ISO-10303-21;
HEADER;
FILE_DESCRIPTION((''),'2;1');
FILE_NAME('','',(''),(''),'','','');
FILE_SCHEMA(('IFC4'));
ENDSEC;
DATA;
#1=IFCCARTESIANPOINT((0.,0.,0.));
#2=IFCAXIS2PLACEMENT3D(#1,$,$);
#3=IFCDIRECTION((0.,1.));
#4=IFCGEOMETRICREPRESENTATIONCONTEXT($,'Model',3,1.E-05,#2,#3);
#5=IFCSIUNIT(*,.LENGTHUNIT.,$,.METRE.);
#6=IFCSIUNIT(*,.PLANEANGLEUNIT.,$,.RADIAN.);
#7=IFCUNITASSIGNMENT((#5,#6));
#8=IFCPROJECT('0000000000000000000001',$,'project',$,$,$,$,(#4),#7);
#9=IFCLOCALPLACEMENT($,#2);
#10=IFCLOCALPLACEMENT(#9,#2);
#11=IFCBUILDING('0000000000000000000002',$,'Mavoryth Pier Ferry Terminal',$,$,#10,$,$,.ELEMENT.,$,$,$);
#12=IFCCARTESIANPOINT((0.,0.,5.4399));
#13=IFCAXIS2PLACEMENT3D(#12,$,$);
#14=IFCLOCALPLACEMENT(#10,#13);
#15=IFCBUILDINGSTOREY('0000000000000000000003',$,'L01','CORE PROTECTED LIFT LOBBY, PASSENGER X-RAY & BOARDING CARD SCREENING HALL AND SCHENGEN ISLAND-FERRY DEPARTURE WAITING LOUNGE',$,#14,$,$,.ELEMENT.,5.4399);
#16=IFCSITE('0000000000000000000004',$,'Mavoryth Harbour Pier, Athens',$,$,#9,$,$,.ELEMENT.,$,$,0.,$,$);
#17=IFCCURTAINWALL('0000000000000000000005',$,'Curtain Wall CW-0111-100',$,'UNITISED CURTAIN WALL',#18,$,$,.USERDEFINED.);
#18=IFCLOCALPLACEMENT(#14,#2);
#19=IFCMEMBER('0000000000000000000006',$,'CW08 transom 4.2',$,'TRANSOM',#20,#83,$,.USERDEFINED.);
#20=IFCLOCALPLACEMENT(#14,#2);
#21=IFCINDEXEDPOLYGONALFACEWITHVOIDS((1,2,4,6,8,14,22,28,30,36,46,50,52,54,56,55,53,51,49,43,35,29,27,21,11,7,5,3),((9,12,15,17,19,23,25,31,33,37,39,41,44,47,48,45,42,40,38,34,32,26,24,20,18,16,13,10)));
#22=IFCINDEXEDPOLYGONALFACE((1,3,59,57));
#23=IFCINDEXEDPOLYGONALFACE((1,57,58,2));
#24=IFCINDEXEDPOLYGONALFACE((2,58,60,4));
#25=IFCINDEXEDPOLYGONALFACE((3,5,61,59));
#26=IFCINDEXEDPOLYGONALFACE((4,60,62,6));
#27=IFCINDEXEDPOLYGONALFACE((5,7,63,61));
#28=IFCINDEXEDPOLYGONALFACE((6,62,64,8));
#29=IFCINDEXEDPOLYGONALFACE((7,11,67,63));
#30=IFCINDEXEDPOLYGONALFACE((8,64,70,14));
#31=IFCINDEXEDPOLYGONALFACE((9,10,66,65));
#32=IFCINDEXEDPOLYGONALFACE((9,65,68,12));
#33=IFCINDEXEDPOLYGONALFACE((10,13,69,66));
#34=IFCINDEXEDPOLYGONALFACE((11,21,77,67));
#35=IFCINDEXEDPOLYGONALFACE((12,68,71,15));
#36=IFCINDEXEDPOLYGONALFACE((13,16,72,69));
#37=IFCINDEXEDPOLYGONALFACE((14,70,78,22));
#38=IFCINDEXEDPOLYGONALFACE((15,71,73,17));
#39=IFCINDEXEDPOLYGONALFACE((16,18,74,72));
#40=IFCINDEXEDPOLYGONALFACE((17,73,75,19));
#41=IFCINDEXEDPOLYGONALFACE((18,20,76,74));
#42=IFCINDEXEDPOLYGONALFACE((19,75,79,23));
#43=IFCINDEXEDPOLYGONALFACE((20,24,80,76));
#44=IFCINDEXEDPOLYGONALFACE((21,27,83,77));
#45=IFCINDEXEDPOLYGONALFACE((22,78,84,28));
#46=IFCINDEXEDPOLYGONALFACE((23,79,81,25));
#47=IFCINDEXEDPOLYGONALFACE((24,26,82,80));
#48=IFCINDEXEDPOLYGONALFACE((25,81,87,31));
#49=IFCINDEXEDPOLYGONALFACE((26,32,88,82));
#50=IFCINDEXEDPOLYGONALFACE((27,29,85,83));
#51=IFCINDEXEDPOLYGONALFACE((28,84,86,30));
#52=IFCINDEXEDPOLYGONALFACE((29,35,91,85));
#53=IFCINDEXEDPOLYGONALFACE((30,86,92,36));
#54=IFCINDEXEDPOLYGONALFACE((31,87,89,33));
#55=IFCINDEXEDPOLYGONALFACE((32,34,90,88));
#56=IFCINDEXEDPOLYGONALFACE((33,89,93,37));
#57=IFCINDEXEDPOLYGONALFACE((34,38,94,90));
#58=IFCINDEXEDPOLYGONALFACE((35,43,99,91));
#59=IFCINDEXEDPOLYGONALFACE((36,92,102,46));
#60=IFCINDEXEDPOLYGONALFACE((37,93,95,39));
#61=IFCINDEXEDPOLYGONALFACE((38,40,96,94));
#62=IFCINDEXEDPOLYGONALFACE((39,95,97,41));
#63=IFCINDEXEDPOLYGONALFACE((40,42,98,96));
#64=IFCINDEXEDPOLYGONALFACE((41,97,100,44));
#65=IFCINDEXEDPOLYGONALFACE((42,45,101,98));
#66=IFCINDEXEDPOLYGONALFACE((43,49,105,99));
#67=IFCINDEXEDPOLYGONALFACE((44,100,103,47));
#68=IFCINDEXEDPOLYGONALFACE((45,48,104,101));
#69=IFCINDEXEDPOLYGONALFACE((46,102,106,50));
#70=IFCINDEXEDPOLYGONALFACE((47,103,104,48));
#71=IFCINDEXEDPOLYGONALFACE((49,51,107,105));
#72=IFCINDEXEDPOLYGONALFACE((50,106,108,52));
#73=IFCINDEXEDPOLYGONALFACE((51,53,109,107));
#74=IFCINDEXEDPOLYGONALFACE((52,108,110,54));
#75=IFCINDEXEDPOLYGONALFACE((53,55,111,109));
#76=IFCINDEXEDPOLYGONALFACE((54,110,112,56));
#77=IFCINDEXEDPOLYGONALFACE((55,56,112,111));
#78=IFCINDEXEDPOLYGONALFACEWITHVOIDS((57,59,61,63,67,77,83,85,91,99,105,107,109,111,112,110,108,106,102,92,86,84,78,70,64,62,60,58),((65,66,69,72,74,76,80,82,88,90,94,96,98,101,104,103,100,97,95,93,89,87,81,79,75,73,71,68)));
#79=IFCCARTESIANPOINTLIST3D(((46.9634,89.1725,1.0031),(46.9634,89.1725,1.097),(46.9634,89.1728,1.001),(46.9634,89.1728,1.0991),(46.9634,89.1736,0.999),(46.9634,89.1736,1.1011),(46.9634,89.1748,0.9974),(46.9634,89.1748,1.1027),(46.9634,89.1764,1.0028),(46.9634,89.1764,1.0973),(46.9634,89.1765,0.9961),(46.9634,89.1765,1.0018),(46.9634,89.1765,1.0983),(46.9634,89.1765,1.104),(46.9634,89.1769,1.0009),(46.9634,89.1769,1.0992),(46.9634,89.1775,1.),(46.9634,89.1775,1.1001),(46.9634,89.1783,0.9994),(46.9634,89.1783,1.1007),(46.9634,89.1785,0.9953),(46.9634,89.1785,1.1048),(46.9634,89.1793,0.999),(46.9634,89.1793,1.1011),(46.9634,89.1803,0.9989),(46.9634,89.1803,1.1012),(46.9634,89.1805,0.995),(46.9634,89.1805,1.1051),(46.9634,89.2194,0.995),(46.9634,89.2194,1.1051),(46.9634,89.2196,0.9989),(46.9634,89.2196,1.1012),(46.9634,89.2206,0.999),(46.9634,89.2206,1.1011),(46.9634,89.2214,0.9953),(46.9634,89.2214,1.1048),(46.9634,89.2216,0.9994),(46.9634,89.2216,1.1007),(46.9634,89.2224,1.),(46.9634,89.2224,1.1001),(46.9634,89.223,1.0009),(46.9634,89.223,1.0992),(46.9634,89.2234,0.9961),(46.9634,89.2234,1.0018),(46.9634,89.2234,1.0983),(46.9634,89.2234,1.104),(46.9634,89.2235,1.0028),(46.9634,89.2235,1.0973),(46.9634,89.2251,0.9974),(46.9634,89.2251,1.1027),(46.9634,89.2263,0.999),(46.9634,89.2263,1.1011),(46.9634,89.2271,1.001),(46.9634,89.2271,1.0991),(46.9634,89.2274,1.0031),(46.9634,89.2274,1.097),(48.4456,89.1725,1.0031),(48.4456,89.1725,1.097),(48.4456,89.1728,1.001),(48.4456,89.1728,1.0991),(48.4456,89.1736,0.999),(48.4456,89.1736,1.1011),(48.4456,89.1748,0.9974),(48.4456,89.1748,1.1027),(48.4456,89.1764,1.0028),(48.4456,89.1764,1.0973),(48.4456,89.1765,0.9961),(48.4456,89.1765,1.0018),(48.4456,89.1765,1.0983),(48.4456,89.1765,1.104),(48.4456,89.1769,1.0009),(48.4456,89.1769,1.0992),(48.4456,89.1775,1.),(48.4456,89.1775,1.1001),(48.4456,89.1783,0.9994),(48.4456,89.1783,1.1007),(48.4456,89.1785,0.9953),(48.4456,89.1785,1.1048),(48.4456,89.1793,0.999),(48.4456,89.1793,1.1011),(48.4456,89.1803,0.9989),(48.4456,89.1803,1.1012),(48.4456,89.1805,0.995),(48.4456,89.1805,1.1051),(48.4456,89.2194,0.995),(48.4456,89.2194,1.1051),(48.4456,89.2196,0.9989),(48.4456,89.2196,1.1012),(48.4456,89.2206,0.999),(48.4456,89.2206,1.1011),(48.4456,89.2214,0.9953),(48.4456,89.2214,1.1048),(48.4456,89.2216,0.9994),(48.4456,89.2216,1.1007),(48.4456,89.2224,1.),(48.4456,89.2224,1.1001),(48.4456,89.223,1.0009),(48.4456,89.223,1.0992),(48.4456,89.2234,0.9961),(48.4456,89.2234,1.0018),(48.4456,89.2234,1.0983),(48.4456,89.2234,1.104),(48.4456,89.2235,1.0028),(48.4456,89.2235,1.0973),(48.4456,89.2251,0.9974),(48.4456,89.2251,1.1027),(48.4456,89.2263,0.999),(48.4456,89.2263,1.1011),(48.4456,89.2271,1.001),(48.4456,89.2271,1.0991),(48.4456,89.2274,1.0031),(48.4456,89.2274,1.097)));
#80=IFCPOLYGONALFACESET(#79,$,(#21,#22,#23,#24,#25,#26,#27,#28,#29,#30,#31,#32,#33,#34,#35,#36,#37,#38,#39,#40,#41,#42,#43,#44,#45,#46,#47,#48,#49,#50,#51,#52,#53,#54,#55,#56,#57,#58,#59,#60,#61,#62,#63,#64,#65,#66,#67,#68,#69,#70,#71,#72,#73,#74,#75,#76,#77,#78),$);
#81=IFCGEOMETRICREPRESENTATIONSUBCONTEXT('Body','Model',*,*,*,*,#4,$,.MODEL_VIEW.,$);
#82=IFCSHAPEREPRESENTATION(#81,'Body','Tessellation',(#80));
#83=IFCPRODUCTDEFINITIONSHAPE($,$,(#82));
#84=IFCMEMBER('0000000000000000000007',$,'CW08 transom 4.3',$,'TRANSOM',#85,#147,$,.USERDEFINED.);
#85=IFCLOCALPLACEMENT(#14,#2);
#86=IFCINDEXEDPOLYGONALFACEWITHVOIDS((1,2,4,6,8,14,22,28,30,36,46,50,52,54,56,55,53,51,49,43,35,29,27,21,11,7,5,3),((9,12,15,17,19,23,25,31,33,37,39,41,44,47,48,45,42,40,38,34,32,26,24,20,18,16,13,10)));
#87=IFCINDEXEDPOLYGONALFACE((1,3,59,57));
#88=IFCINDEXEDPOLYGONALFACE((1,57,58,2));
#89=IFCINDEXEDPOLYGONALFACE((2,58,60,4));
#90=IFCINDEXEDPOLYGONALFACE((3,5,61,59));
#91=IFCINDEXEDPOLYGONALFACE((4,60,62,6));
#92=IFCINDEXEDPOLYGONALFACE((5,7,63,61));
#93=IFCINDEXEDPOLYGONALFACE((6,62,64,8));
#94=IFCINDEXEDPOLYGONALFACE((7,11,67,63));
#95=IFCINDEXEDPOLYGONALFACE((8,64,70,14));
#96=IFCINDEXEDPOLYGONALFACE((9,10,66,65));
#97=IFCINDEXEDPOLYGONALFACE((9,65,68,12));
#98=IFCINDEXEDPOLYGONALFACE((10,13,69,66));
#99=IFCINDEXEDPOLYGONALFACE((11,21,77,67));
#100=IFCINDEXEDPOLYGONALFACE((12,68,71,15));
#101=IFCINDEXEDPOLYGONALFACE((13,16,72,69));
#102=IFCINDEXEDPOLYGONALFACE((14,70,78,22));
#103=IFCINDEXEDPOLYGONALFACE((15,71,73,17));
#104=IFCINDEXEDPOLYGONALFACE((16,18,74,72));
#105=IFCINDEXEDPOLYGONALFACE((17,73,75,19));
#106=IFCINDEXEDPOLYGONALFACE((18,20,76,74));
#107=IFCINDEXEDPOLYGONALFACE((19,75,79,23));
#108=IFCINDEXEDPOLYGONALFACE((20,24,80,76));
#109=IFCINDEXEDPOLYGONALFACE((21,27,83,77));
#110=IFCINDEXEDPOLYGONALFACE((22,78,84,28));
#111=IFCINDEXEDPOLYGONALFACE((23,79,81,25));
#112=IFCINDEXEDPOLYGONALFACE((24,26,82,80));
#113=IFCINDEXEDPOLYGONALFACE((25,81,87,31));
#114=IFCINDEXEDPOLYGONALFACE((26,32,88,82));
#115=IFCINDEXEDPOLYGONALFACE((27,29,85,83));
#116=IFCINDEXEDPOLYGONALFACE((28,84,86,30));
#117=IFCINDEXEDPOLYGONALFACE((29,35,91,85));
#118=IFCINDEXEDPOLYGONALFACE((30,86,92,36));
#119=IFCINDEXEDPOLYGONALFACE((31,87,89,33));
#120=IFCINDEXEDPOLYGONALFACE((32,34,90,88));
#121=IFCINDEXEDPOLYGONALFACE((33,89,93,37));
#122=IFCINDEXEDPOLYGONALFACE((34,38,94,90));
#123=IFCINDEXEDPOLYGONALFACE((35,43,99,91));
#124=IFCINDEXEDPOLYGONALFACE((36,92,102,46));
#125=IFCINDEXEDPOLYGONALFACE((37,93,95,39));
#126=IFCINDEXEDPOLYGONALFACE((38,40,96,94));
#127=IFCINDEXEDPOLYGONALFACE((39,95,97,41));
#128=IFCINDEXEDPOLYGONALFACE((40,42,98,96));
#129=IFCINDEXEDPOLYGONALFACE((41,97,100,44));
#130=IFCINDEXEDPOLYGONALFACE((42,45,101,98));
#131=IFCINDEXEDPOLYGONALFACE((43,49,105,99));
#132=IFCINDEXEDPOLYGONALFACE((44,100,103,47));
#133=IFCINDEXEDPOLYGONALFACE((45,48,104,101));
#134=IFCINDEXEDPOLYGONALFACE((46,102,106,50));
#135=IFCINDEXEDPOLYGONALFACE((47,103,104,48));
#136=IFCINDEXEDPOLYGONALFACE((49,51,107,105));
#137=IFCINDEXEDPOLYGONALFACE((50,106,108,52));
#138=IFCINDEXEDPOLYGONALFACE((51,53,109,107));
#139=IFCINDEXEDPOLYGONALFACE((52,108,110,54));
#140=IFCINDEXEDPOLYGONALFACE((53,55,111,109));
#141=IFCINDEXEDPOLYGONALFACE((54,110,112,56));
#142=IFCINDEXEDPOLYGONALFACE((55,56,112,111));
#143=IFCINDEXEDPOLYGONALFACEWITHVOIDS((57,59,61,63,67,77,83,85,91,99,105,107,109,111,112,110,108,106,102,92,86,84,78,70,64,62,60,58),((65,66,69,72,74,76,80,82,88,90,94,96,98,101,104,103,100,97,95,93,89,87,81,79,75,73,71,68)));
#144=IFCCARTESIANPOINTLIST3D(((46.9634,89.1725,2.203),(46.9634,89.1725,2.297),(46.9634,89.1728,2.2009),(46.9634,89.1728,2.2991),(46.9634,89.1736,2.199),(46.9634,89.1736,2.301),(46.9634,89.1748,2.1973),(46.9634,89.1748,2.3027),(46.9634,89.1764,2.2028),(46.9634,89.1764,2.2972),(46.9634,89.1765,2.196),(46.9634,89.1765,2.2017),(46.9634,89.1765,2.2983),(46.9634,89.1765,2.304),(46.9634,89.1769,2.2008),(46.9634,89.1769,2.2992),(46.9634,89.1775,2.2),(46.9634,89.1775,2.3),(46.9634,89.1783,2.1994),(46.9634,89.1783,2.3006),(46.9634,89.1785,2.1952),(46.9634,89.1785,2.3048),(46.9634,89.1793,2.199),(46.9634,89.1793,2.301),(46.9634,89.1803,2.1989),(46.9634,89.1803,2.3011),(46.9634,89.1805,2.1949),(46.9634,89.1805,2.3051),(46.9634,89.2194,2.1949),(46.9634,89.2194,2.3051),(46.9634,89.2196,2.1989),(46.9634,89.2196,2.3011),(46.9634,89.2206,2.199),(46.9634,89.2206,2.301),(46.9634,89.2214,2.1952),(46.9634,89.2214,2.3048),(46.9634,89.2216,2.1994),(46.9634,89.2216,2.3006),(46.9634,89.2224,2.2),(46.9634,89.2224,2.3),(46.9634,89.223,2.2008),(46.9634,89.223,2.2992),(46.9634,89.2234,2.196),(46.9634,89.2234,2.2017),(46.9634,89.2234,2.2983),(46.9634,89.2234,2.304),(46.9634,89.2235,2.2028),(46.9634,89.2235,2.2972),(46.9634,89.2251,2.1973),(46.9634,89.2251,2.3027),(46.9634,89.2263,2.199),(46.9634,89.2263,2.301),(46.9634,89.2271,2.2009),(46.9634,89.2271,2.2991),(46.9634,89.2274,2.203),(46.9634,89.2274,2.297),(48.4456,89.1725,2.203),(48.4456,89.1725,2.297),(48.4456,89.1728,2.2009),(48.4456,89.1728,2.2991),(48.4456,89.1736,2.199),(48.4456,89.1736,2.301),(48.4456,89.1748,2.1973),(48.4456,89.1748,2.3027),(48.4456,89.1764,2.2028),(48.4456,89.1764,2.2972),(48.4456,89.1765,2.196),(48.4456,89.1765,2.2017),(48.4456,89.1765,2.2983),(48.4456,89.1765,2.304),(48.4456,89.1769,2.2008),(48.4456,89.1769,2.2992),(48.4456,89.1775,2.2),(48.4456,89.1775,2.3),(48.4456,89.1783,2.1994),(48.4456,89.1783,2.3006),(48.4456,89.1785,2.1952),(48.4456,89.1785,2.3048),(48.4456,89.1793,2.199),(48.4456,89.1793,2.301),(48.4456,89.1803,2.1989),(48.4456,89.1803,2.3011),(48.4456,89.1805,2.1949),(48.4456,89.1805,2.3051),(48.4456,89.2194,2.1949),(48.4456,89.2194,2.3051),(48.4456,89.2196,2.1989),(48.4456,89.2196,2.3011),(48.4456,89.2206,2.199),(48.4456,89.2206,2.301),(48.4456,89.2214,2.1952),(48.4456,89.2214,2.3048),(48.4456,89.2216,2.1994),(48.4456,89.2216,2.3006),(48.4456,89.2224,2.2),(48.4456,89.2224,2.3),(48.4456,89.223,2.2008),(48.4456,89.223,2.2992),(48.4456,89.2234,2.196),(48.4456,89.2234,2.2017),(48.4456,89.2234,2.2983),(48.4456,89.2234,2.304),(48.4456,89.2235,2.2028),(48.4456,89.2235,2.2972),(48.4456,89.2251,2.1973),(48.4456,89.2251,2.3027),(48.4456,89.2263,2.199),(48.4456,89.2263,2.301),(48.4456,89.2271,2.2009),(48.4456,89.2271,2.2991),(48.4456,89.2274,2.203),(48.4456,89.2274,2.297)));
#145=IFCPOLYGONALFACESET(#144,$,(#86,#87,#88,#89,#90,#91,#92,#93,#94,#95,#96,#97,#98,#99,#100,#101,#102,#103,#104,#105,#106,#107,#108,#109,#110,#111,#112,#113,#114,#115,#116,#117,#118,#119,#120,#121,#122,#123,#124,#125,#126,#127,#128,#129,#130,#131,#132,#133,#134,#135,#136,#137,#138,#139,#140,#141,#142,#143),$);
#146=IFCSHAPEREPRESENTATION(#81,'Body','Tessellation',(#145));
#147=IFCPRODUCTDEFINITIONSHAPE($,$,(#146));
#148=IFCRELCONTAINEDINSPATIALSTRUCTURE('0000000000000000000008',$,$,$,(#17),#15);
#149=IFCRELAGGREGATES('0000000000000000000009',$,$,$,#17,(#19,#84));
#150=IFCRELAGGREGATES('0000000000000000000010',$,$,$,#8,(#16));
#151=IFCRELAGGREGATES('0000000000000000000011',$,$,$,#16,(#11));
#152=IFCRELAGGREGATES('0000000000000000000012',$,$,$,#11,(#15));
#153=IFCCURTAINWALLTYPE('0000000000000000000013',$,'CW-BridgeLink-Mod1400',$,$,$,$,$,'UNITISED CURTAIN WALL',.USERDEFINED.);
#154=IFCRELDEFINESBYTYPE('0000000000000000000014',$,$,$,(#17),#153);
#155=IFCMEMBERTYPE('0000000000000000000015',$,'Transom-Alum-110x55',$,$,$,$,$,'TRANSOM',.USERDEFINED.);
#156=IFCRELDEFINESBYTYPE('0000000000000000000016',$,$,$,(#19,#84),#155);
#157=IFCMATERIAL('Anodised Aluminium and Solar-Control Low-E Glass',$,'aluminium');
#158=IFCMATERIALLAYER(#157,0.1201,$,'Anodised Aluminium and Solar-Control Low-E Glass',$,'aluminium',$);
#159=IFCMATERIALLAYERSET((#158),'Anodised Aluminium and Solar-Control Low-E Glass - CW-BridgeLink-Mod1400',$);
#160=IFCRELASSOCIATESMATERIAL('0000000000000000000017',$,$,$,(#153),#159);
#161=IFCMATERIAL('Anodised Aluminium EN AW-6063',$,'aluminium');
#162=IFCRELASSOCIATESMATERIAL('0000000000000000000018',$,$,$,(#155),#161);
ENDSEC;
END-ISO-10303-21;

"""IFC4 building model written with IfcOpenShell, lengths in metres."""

from ifc_helpers import new_model, si_unit, direction, frame, origin, origin_2d, place, context, subcontext, project, spatial, hollow_rectangle, extrude, material, layer, layer_set, material_profile, profile_set, type_object, element, aggregate, save


model = new_model("IFC4")

# Units and contexts
model_context = context("Model", 3, precision=1e-05, world=origin(), true_north=direction((0.0, 1.0)))
body_context = subcontext(model_context, "Body", "Model", "MODEL_VIEW")
ifc_project = project(units=[si_unit("LENGTHUNIT", "METRE"), si_unit("PLANEANGLEUNIT", "RADIAN")], contexts=[model_context])

# Site, building, storey
site_placement = place(None, origin())
site = spatial("IfcSite", under=ifc_project, at=site_placement, Name="Mavoryth Harbour Pier, Athens", CompositionType="ELEMENT", RefElevation=0.0)
building_placement = place(site_placement, origin())
building = spatial("IfcBuilding", under=site, at=building_placement, Name="Mavoryth Pier Ferry Terminal", CompositionType="ELEMENT")
storey_placement = place(building_placement, frame((0.0, 0.0, 5.4399)))
storey = spatial("IfcBuildingStorey", under=building, at=storey_placement, Name="L01", Description="CORE PROTECTED LIFT LOBBY, PASSENGER X-RAY & BOARDING CARD SCREENING HALL AND SCHENGEN ISLAND-FERRY DEPARTURE WAITING LOUNGE", CompositionType="ELEMENT", Elevation=5.4399)

# Curtain wall
ifc_material_1 = material(Name="Anodised Aluminium and Solar-Control Low-E Glass", Category="aluminium")
ifc_layer_1 = layer(ifc_material_1, 0.1201, Name="Anodised Aluminium and Solar-Control Low-E Glass", Category="aluminium")
ifc_layer_set_1 = layer_set([ifc_layer_1], Name="Anodised Aluminium and Solar-Control Low-E Glass - CW-BridgeLink-Mod1400")
curtain_wall_type = type_object("IfcCurtainWallType", Name="CW-BridgeLink-Mod1400", ElementType="UNITISED CURTAIN WALL", PredefinedType="USERDEFINED", material=ifc_layer_set_1)
curtain_wall_placement = place(storey_placement, origin())
curtain_wall = element("IfcCurtainWall", 1, at=curtain_wall_placement, inside=storey, type_object=curtain_wall_type, Name="Curtain Wall CW-0111-100", ObjectType="UNITISED CURTAIN WALL", PredefinedType="USERDEFINED")
ifc_material_2 = material(Name="Anodised Aluminium EN AW-6063", Category="aluminium")

# Members
ifc_material_profile_1 = material_profile(ifc_material_2, hollow_rectangle(XDim=0.0549, YDim=0.1101, WallThickness=0.0039, InnerFilletRadius=0.0039, OuterFilletRadius=0.0081, at=origin_2d()), Name="AL-TRAN 110x55x4", Category="aluminium")
ifc_profile_set_1 = profile_set([ifc_material_profile_1], Name="Anodised Aluminium EN AW-6063 - AL-TRAN 110x55x4")
member_type_1 = type_object("IfcMemberType", Name="Transom-Alum-110x55", ElementType="TRANSOM", PredefinedType="USERDEFINED", material=ifc_profile_set_1)
member_1_placement = place(storey_placement, frame((46.9634, 89.2, 1.05), z_axis=(1.0, 0.0, 0.0), x_axis=(0.0, 1.0, 0.0)))
member_1 = element("IfcMember", 2, at=member_1_placement, type_object=member_type_1, Name="CW08 transom 4.2", ObjectType="TRANSOM", PredefinedType="USERDEFINED", context=body_context, shape_type="SweptSolid", body=[
    extrude(hollow_rectangle(XDim=0.0549, YDim=0.1101, WallThickness=0.0039, InnerFilletRadius=0.0039, OuterFilletRadius=0.0081, at=origin_2d()), origin(), (0.0, 0.0, 1.0), 1.4822),
])
member_2_placement = place(storey_placement, frame((46.9634, 89.2, 2.25), z_axis=(1.0, 0.0, 0.0), x_axis=(0.0, 1.0, 0.0)))
member_2 = element("IfcMember", 3, at=member_2_placement, type_object=member_type_1, Name="CW08 transom 4.3", ObjectType="TRANSOM", PredefinedType="USERDEFINED", context=body_context, shape_type="SweptSolid", body=[
    extrude(hollow_rectangle(XDim=0.0549, YDim=0.1101, WallThickness=0.0039, InnerFilletRadius=0.0039, OuterFilletRadius=0.0081, at=origin_2d()), origin(), (0.0, 0.0, 1.0), 1.4822),
])

aggregate(curtain_wall, [member_1, member_2])

save(model, "model.ifc")
